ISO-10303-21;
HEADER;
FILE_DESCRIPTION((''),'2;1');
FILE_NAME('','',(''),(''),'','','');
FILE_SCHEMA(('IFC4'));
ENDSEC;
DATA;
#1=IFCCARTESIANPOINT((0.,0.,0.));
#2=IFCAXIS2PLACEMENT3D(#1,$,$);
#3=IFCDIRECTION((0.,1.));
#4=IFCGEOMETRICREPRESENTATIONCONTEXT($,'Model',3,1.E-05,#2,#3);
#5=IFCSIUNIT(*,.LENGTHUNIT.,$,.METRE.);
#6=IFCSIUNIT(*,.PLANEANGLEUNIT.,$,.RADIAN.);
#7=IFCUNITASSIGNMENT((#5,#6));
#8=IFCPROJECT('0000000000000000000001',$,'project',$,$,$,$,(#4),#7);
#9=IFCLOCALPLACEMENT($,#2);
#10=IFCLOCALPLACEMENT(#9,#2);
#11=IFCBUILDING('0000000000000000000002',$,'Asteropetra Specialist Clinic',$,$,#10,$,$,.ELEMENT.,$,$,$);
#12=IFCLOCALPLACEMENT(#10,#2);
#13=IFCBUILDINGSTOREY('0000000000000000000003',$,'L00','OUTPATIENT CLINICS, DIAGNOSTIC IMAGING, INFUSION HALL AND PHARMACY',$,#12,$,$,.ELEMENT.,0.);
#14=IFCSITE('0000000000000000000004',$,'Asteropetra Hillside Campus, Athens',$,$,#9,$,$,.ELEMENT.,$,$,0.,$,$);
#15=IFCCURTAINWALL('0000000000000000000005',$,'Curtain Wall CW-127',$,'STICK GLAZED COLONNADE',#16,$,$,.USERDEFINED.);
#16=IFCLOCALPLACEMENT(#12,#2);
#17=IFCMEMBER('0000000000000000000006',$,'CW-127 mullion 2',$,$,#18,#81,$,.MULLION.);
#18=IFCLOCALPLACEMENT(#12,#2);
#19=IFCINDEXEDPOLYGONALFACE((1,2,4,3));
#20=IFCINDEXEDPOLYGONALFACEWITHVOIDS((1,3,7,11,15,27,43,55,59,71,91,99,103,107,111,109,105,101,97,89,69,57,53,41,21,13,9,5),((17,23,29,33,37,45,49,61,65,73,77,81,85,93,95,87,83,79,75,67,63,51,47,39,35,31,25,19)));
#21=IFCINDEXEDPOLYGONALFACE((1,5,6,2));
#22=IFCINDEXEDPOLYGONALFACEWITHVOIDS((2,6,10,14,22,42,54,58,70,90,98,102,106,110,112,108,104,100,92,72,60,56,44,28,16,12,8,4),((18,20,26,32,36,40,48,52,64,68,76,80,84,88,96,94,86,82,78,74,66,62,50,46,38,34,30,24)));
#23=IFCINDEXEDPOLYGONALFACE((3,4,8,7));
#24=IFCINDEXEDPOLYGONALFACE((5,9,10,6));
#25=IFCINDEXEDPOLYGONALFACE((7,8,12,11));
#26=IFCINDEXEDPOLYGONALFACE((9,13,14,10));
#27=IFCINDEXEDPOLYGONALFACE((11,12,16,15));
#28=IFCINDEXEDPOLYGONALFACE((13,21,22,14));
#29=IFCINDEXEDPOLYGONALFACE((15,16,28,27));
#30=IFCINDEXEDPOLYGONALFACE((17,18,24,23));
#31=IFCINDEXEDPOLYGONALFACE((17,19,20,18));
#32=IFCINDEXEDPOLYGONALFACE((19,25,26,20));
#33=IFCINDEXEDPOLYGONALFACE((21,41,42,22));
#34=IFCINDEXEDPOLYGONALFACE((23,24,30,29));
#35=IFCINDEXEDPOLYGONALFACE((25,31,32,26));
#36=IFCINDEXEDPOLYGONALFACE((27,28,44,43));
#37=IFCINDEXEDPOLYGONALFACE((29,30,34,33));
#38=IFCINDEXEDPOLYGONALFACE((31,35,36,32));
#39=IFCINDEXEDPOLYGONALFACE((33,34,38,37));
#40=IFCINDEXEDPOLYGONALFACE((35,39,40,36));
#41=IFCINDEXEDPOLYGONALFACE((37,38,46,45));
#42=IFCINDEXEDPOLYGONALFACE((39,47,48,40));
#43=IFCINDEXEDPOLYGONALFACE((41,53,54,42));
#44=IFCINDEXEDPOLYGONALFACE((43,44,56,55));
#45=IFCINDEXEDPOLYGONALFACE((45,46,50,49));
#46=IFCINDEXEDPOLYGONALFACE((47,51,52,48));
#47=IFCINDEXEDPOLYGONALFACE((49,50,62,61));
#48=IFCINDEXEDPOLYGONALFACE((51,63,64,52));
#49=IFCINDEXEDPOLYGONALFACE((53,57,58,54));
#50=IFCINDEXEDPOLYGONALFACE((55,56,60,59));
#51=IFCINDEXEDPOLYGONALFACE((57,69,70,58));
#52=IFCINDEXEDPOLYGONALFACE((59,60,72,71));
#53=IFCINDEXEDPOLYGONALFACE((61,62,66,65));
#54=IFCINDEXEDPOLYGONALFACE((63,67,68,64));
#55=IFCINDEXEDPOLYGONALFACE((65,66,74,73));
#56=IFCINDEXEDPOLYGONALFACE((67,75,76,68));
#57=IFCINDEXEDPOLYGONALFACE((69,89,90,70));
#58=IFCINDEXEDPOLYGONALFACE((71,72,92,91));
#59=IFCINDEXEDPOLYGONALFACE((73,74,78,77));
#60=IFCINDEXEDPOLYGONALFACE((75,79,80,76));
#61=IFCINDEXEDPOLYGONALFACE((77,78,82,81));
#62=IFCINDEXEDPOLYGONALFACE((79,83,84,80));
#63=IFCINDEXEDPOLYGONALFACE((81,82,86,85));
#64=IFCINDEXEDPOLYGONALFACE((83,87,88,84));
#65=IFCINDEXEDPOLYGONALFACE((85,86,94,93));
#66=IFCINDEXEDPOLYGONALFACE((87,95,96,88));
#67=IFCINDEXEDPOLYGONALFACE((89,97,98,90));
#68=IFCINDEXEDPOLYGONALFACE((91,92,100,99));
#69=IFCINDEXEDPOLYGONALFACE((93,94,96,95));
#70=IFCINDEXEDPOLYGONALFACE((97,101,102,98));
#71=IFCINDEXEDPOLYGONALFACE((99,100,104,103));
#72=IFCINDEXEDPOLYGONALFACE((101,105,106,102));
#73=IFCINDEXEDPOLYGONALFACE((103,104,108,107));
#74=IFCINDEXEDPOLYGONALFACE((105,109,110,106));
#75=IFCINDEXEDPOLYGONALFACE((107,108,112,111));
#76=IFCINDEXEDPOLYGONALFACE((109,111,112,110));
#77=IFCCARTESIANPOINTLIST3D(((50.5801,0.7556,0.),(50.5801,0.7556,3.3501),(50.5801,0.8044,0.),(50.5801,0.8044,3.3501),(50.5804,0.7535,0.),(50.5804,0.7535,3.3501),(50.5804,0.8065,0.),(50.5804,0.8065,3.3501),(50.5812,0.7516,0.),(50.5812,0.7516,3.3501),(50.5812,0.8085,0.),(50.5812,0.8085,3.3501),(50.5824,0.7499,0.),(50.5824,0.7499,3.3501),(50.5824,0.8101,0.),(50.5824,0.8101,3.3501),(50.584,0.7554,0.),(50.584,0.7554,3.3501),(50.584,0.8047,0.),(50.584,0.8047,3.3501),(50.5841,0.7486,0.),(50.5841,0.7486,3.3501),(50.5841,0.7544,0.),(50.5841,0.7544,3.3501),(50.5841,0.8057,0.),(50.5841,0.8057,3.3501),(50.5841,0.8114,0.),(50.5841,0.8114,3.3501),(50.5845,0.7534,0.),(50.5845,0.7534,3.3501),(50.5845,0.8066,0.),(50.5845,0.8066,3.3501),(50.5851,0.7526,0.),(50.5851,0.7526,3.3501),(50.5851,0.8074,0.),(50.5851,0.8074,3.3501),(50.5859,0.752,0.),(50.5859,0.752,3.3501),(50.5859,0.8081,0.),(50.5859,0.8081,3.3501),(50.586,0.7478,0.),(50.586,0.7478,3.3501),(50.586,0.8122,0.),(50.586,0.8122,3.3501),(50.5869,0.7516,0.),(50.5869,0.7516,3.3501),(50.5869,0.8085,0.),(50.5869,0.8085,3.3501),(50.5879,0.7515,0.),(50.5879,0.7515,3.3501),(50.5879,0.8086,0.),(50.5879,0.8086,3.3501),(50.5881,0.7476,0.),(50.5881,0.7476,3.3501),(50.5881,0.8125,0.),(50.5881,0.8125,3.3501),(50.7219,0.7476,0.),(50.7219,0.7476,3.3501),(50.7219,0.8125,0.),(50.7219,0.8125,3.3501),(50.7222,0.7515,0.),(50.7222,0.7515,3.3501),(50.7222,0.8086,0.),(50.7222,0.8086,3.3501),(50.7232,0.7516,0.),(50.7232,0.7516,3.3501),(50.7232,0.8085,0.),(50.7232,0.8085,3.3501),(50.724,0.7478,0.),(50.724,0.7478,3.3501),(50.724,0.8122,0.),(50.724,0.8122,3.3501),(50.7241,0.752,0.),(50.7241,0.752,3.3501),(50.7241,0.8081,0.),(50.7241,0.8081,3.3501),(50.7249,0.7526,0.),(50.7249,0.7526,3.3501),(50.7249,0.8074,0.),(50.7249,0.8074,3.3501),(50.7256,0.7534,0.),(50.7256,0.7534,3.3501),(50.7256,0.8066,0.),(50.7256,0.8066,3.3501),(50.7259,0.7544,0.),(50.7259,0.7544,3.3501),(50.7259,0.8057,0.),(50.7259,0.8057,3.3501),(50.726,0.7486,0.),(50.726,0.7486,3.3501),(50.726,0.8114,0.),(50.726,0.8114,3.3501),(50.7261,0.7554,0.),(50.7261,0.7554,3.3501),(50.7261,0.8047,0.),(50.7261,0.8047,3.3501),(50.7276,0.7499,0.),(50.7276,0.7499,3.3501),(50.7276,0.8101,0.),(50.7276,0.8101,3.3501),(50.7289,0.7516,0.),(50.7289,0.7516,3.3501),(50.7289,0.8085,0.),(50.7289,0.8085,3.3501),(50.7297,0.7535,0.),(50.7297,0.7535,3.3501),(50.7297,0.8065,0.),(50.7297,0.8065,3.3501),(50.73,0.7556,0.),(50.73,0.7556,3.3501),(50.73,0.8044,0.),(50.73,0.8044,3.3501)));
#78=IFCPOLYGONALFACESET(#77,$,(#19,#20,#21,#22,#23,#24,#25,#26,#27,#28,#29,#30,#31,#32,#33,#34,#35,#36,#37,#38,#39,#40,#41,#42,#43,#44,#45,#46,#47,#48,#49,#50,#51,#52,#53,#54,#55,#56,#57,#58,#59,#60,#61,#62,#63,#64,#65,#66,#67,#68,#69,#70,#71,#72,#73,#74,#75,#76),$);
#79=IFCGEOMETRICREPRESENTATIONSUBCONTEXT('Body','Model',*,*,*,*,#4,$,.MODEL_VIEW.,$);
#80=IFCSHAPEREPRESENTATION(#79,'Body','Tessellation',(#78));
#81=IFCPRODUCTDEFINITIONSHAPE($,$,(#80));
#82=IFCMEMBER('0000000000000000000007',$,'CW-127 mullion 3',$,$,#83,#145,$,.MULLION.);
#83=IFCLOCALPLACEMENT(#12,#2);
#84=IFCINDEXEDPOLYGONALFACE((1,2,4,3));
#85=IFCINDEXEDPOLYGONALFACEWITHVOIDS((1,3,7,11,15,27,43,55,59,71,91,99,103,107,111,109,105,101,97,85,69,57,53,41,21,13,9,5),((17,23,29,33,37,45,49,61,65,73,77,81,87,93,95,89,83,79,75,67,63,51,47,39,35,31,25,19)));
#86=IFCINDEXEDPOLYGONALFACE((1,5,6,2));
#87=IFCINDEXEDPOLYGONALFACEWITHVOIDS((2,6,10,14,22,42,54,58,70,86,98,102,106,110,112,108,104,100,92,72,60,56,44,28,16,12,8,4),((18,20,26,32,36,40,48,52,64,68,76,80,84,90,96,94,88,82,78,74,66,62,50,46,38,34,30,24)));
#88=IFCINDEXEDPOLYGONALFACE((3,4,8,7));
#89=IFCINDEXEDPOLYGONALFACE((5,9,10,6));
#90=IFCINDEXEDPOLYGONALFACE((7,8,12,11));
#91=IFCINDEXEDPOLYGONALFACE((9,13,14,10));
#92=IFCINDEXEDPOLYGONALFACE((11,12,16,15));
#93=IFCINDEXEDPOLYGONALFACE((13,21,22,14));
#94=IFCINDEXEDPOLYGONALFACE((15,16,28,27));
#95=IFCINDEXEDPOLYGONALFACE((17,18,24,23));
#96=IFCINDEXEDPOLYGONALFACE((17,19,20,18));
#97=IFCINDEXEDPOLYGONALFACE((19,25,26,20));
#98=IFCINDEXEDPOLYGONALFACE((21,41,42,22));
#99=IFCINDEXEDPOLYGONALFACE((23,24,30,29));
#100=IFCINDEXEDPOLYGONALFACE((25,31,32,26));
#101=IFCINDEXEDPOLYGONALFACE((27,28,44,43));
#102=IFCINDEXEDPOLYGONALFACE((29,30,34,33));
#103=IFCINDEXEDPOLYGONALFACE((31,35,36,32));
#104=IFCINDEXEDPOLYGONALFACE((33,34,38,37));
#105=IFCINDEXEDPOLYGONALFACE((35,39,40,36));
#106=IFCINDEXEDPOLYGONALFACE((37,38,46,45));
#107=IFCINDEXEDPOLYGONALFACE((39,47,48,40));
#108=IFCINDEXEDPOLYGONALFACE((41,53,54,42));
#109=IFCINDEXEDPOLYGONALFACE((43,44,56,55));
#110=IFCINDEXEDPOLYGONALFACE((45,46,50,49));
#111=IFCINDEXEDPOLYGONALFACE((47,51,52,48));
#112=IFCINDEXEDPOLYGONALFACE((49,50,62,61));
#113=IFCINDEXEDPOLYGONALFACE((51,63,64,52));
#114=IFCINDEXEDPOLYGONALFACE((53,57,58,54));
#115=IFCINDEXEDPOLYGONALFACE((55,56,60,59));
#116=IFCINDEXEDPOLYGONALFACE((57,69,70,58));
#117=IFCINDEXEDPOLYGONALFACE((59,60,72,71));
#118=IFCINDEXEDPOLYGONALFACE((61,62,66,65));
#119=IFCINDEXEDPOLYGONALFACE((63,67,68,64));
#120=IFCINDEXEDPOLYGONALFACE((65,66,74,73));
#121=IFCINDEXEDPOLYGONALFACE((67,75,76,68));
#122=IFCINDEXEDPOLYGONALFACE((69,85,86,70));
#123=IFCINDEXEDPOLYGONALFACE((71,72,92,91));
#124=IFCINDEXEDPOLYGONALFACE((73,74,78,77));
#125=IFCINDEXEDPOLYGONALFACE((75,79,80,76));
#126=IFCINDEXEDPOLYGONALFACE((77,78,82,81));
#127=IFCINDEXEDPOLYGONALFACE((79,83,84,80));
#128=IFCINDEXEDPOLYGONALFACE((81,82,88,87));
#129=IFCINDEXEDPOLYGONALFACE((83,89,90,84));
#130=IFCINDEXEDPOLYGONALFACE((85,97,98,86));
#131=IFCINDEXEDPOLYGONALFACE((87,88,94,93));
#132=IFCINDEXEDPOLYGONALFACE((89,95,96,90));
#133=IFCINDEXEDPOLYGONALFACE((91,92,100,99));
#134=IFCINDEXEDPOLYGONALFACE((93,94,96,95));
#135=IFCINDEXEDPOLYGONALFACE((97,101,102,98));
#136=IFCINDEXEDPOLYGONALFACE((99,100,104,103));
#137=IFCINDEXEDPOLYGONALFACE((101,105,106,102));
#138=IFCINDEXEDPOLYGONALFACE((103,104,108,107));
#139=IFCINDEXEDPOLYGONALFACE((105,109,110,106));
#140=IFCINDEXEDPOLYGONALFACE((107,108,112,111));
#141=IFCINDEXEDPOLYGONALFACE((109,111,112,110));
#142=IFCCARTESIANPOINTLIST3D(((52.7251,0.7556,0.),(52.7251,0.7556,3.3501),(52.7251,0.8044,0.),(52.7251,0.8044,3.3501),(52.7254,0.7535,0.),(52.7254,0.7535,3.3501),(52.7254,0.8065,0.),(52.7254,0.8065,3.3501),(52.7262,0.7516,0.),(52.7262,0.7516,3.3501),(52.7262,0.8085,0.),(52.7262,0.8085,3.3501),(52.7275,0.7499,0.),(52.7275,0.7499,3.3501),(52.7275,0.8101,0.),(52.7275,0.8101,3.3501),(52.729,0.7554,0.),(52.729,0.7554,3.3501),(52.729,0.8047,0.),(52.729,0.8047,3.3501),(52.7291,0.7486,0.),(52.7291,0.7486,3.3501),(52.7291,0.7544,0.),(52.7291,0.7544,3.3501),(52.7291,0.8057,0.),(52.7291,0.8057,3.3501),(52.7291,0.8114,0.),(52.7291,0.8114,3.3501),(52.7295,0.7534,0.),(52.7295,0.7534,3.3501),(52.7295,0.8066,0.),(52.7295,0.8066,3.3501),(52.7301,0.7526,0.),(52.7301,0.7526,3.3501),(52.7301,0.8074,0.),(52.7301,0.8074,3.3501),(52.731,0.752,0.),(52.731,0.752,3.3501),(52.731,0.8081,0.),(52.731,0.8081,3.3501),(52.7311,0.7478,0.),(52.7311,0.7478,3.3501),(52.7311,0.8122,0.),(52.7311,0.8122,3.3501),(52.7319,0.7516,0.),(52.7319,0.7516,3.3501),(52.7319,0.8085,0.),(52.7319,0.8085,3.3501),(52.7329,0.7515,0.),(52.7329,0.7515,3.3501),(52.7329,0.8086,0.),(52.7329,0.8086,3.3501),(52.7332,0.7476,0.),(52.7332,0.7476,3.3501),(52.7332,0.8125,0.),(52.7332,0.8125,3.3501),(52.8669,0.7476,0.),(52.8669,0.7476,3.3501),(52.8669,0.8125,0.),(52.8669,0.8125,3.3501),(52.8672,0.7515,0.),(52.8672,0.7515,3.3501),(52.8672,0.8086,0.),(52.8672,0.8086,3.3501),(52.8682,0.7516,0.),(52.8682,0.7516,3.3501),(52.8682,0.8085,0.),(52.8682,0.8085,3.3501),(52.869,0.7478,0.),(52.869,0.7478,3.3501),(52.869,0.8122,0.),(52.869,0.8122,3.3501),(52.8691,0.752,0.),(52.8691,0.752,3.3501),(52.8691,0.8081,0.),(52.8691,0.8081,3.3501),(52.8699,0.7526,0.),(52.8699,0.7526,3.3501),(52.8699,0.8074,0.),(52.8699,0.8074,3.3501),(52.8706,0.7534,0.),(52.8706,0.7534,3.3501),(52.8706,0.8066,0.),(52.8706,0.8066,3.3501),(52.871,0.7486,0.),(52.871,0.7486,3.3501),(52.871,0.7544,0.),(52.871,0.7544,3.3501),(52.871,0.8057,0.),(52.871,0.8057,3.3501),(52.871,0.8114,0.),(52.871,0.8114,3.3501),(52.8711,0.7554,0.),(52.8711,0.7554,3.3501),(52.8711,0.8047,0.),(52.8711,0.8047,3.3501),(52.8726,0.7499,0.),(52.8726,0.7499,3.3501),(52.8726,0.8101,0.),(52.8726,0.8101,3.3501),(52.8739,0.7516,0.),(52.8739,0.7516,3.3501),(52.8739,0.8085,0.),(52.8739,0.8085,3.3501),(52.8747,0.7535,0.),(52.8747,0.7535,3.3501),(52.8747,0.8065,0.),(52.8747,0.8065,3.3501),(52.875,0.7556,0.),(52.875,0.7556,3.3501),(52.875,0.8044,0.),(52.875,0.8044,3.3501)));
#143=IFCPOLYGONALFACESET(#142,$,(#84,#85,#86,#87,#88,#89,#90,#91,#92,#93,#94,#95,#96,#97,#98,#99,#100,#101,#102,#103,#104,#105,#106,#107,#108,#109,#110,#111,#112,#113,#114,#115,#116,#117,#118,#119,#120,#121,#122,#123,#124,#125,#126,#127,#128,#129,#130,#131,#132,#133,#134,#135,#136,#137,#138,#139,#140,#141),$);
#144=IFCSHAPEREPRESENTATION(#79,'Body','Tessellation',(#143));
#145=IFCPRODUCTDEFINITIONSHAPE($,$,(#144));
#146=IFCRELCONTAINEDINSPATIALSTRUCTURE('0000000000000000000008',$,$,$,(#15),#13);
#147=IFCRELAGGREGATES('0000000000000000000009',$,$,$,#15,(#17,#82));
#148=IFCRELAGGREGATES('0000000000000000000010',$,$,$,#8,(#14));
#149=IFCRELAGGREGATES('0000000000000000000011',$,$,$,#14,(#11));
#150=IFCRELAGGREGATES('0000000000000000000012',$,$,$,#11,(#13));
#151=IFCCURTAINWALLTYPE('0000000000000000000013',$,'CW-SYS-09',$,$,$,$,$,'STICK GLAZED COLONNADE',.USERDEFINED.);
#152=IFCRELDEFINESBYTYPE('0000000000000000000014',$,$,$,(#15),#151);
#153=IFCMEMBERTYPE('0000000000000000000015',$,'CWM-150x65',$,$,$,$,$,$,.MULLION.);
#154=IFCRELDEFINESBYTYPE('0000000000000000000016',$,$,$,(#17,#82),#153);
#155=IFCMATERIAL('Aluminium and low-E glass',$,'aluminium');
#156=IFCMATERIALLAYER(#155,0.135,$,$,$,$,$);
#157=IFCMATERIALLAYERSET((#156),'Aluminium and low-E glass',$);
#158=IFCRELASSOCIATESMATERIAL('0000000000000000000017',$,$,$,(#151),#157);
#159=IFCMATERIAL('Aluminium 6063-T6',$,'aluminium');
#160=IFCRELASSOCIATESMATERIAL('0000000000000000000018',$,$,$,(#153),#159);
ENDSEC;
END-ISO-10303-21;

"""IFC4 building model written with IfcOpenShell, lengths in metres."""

from ifc_helpers import new_model, si_unit, direction, frame, origin, origin_2d, place, context, subcontext, project, spatial, hollow_rectangle, extrude, material, layer, layer_set, material_profile, profile_set, type_object, element, aggregate, save


model = new_model("IFC4")

# Units and contexts
model_context = context("Model", 3, precision=1e-05, world=origin(), true_north=direction((0.0, 1.0)))
body_context = subcontext(model_context, "Body", "Model", "MODEL_VIEW")
ifc_project = project(units=[si_unit("LENGTHUNIT", "METRE"), si_unit("PLANEANGLEUNIT", "RADIAN")], contexts=[model_context])

# Site, building, storey
site_placement = place(None, origin())
site = spatial("IfcSite", under=ifc_project, at=site_placement, Name="Asteropetra Hillside Campus, Athens", CompositionType="ELEMENT", RefElevation=0.0)
building_placement = place(site_placement, origin())
building = spatial("IfcBuilding", under=site, at=building_placement, Name="Asteropetra Specialist Clinic", CompositionType="ELEMENT")
storey_placement = place(building_placement, origin())
storey = spatial("IfcBuildingStorey", under=building, at=storey_placement, Name="L00", Description="OUTPATIENT CLINICS, DIAGNOSTIC IMAGING, INFUSION HALL AND PHARMACY", CompositionType="ELEMENT", Elevation=0.0)

# Curtain wall, members
ifc_material_1 = material(Name="Aluminium and low-E glass", Category="aluminium")
ifc_layer_1 = layer(ifc_material_1, 0.135)
ifc_layer_set_1 = layer_set([ifc_layer_1], Name="Aluminium and low-E glass")
curtain_wall_type_1 = type_object("IfcCurtainWallType", Name="CW-SYS-09", ElementType="STICK GLAZED COLONNADE", PredefinedType="USERDEFINED", material=ifc_layer_set_1)
curtain_wall_1_placement = place(storey_placement, origin())
curtain_wall_1 = element("IfcCurtainWall", 1, at=curtain_wall_1_placement, inside=storey, type_object=curtain_wall_type_1, Name="Curtain Wall CW-127", ObjectType="STICK GLAZED COLONNADE", PredefinedType="USERDEFINED")
ifc_material_2 = material(Name="Aluminium 6063-T6", Category="aluminium")
ifc_material_profile_1 = material_profile(ifc_material_2, hollow_rectangle(XDim=0.0649, YDim=0.1499, WallThickness=0.0039, InnerFilletRadius=0.0039, OuterFilletRadius=0.0081, at=origin_2d()), Name="MUL 150x65x4.0")
ifc_profile_set_1 = profile_set([ifc_material_profile_1], Name="Aluminium 6063-T6")
member_type_1 = type_object("IfcMemberType", Name="CWM-150x65", PredefinedType="MULLION", material=ifc_profile_set_1)
member_1_placement = place(storey_placement, frame((50.655, 0.78, 0.0), z_axis=(0.0, 0.0, 1.0), x_axis=(0.0, 1.0, 0.0)))
member_1 = element("IfcMember", 2, at=member_1_placement, type_object=member_type_1, Name="CW-127 mullion 2", PredefinedType="MULLION", context=body_context, shape_type="SweptSolid", body=[
    extrude(hollow_rectangle(XDim=0.0649, YDim=0.1499, WallThickness=0.0039, InnerFilletRadius=0.0039, OuterFilletRadius=0.0081, at=origin_2d()), origin(), (0.0, 0.0, 1.0), 3.3501),
])
member_2_placement = place(storey_placement, frame((52.8, 0.78, 0.0), z_axis=(0.0, 0.0, 1.0), x_axis=(0.0, 1.0, 0.0)))
member_2 = element("IfcMember", 3, at=member_2_placement, type_object=member_type_1, Name="CW-127 mullion 3", PredefinedType="MULLION", context=body_context, shape_type="SweptSolid", body=[
    extrude(hollow_rectangle(XDim=0.0649, YDim=0.1499, WallThickness=0.0039, InnerFilletRadius=0.0039, OuterFilletRadius=0.0081, at=origin_2d()), origin(), (0.0, 0.0, 1.0), 3.3501),
])

aggregate(curtain_wall_1, [member_1, member_2])

save(model, "model.ifc")
